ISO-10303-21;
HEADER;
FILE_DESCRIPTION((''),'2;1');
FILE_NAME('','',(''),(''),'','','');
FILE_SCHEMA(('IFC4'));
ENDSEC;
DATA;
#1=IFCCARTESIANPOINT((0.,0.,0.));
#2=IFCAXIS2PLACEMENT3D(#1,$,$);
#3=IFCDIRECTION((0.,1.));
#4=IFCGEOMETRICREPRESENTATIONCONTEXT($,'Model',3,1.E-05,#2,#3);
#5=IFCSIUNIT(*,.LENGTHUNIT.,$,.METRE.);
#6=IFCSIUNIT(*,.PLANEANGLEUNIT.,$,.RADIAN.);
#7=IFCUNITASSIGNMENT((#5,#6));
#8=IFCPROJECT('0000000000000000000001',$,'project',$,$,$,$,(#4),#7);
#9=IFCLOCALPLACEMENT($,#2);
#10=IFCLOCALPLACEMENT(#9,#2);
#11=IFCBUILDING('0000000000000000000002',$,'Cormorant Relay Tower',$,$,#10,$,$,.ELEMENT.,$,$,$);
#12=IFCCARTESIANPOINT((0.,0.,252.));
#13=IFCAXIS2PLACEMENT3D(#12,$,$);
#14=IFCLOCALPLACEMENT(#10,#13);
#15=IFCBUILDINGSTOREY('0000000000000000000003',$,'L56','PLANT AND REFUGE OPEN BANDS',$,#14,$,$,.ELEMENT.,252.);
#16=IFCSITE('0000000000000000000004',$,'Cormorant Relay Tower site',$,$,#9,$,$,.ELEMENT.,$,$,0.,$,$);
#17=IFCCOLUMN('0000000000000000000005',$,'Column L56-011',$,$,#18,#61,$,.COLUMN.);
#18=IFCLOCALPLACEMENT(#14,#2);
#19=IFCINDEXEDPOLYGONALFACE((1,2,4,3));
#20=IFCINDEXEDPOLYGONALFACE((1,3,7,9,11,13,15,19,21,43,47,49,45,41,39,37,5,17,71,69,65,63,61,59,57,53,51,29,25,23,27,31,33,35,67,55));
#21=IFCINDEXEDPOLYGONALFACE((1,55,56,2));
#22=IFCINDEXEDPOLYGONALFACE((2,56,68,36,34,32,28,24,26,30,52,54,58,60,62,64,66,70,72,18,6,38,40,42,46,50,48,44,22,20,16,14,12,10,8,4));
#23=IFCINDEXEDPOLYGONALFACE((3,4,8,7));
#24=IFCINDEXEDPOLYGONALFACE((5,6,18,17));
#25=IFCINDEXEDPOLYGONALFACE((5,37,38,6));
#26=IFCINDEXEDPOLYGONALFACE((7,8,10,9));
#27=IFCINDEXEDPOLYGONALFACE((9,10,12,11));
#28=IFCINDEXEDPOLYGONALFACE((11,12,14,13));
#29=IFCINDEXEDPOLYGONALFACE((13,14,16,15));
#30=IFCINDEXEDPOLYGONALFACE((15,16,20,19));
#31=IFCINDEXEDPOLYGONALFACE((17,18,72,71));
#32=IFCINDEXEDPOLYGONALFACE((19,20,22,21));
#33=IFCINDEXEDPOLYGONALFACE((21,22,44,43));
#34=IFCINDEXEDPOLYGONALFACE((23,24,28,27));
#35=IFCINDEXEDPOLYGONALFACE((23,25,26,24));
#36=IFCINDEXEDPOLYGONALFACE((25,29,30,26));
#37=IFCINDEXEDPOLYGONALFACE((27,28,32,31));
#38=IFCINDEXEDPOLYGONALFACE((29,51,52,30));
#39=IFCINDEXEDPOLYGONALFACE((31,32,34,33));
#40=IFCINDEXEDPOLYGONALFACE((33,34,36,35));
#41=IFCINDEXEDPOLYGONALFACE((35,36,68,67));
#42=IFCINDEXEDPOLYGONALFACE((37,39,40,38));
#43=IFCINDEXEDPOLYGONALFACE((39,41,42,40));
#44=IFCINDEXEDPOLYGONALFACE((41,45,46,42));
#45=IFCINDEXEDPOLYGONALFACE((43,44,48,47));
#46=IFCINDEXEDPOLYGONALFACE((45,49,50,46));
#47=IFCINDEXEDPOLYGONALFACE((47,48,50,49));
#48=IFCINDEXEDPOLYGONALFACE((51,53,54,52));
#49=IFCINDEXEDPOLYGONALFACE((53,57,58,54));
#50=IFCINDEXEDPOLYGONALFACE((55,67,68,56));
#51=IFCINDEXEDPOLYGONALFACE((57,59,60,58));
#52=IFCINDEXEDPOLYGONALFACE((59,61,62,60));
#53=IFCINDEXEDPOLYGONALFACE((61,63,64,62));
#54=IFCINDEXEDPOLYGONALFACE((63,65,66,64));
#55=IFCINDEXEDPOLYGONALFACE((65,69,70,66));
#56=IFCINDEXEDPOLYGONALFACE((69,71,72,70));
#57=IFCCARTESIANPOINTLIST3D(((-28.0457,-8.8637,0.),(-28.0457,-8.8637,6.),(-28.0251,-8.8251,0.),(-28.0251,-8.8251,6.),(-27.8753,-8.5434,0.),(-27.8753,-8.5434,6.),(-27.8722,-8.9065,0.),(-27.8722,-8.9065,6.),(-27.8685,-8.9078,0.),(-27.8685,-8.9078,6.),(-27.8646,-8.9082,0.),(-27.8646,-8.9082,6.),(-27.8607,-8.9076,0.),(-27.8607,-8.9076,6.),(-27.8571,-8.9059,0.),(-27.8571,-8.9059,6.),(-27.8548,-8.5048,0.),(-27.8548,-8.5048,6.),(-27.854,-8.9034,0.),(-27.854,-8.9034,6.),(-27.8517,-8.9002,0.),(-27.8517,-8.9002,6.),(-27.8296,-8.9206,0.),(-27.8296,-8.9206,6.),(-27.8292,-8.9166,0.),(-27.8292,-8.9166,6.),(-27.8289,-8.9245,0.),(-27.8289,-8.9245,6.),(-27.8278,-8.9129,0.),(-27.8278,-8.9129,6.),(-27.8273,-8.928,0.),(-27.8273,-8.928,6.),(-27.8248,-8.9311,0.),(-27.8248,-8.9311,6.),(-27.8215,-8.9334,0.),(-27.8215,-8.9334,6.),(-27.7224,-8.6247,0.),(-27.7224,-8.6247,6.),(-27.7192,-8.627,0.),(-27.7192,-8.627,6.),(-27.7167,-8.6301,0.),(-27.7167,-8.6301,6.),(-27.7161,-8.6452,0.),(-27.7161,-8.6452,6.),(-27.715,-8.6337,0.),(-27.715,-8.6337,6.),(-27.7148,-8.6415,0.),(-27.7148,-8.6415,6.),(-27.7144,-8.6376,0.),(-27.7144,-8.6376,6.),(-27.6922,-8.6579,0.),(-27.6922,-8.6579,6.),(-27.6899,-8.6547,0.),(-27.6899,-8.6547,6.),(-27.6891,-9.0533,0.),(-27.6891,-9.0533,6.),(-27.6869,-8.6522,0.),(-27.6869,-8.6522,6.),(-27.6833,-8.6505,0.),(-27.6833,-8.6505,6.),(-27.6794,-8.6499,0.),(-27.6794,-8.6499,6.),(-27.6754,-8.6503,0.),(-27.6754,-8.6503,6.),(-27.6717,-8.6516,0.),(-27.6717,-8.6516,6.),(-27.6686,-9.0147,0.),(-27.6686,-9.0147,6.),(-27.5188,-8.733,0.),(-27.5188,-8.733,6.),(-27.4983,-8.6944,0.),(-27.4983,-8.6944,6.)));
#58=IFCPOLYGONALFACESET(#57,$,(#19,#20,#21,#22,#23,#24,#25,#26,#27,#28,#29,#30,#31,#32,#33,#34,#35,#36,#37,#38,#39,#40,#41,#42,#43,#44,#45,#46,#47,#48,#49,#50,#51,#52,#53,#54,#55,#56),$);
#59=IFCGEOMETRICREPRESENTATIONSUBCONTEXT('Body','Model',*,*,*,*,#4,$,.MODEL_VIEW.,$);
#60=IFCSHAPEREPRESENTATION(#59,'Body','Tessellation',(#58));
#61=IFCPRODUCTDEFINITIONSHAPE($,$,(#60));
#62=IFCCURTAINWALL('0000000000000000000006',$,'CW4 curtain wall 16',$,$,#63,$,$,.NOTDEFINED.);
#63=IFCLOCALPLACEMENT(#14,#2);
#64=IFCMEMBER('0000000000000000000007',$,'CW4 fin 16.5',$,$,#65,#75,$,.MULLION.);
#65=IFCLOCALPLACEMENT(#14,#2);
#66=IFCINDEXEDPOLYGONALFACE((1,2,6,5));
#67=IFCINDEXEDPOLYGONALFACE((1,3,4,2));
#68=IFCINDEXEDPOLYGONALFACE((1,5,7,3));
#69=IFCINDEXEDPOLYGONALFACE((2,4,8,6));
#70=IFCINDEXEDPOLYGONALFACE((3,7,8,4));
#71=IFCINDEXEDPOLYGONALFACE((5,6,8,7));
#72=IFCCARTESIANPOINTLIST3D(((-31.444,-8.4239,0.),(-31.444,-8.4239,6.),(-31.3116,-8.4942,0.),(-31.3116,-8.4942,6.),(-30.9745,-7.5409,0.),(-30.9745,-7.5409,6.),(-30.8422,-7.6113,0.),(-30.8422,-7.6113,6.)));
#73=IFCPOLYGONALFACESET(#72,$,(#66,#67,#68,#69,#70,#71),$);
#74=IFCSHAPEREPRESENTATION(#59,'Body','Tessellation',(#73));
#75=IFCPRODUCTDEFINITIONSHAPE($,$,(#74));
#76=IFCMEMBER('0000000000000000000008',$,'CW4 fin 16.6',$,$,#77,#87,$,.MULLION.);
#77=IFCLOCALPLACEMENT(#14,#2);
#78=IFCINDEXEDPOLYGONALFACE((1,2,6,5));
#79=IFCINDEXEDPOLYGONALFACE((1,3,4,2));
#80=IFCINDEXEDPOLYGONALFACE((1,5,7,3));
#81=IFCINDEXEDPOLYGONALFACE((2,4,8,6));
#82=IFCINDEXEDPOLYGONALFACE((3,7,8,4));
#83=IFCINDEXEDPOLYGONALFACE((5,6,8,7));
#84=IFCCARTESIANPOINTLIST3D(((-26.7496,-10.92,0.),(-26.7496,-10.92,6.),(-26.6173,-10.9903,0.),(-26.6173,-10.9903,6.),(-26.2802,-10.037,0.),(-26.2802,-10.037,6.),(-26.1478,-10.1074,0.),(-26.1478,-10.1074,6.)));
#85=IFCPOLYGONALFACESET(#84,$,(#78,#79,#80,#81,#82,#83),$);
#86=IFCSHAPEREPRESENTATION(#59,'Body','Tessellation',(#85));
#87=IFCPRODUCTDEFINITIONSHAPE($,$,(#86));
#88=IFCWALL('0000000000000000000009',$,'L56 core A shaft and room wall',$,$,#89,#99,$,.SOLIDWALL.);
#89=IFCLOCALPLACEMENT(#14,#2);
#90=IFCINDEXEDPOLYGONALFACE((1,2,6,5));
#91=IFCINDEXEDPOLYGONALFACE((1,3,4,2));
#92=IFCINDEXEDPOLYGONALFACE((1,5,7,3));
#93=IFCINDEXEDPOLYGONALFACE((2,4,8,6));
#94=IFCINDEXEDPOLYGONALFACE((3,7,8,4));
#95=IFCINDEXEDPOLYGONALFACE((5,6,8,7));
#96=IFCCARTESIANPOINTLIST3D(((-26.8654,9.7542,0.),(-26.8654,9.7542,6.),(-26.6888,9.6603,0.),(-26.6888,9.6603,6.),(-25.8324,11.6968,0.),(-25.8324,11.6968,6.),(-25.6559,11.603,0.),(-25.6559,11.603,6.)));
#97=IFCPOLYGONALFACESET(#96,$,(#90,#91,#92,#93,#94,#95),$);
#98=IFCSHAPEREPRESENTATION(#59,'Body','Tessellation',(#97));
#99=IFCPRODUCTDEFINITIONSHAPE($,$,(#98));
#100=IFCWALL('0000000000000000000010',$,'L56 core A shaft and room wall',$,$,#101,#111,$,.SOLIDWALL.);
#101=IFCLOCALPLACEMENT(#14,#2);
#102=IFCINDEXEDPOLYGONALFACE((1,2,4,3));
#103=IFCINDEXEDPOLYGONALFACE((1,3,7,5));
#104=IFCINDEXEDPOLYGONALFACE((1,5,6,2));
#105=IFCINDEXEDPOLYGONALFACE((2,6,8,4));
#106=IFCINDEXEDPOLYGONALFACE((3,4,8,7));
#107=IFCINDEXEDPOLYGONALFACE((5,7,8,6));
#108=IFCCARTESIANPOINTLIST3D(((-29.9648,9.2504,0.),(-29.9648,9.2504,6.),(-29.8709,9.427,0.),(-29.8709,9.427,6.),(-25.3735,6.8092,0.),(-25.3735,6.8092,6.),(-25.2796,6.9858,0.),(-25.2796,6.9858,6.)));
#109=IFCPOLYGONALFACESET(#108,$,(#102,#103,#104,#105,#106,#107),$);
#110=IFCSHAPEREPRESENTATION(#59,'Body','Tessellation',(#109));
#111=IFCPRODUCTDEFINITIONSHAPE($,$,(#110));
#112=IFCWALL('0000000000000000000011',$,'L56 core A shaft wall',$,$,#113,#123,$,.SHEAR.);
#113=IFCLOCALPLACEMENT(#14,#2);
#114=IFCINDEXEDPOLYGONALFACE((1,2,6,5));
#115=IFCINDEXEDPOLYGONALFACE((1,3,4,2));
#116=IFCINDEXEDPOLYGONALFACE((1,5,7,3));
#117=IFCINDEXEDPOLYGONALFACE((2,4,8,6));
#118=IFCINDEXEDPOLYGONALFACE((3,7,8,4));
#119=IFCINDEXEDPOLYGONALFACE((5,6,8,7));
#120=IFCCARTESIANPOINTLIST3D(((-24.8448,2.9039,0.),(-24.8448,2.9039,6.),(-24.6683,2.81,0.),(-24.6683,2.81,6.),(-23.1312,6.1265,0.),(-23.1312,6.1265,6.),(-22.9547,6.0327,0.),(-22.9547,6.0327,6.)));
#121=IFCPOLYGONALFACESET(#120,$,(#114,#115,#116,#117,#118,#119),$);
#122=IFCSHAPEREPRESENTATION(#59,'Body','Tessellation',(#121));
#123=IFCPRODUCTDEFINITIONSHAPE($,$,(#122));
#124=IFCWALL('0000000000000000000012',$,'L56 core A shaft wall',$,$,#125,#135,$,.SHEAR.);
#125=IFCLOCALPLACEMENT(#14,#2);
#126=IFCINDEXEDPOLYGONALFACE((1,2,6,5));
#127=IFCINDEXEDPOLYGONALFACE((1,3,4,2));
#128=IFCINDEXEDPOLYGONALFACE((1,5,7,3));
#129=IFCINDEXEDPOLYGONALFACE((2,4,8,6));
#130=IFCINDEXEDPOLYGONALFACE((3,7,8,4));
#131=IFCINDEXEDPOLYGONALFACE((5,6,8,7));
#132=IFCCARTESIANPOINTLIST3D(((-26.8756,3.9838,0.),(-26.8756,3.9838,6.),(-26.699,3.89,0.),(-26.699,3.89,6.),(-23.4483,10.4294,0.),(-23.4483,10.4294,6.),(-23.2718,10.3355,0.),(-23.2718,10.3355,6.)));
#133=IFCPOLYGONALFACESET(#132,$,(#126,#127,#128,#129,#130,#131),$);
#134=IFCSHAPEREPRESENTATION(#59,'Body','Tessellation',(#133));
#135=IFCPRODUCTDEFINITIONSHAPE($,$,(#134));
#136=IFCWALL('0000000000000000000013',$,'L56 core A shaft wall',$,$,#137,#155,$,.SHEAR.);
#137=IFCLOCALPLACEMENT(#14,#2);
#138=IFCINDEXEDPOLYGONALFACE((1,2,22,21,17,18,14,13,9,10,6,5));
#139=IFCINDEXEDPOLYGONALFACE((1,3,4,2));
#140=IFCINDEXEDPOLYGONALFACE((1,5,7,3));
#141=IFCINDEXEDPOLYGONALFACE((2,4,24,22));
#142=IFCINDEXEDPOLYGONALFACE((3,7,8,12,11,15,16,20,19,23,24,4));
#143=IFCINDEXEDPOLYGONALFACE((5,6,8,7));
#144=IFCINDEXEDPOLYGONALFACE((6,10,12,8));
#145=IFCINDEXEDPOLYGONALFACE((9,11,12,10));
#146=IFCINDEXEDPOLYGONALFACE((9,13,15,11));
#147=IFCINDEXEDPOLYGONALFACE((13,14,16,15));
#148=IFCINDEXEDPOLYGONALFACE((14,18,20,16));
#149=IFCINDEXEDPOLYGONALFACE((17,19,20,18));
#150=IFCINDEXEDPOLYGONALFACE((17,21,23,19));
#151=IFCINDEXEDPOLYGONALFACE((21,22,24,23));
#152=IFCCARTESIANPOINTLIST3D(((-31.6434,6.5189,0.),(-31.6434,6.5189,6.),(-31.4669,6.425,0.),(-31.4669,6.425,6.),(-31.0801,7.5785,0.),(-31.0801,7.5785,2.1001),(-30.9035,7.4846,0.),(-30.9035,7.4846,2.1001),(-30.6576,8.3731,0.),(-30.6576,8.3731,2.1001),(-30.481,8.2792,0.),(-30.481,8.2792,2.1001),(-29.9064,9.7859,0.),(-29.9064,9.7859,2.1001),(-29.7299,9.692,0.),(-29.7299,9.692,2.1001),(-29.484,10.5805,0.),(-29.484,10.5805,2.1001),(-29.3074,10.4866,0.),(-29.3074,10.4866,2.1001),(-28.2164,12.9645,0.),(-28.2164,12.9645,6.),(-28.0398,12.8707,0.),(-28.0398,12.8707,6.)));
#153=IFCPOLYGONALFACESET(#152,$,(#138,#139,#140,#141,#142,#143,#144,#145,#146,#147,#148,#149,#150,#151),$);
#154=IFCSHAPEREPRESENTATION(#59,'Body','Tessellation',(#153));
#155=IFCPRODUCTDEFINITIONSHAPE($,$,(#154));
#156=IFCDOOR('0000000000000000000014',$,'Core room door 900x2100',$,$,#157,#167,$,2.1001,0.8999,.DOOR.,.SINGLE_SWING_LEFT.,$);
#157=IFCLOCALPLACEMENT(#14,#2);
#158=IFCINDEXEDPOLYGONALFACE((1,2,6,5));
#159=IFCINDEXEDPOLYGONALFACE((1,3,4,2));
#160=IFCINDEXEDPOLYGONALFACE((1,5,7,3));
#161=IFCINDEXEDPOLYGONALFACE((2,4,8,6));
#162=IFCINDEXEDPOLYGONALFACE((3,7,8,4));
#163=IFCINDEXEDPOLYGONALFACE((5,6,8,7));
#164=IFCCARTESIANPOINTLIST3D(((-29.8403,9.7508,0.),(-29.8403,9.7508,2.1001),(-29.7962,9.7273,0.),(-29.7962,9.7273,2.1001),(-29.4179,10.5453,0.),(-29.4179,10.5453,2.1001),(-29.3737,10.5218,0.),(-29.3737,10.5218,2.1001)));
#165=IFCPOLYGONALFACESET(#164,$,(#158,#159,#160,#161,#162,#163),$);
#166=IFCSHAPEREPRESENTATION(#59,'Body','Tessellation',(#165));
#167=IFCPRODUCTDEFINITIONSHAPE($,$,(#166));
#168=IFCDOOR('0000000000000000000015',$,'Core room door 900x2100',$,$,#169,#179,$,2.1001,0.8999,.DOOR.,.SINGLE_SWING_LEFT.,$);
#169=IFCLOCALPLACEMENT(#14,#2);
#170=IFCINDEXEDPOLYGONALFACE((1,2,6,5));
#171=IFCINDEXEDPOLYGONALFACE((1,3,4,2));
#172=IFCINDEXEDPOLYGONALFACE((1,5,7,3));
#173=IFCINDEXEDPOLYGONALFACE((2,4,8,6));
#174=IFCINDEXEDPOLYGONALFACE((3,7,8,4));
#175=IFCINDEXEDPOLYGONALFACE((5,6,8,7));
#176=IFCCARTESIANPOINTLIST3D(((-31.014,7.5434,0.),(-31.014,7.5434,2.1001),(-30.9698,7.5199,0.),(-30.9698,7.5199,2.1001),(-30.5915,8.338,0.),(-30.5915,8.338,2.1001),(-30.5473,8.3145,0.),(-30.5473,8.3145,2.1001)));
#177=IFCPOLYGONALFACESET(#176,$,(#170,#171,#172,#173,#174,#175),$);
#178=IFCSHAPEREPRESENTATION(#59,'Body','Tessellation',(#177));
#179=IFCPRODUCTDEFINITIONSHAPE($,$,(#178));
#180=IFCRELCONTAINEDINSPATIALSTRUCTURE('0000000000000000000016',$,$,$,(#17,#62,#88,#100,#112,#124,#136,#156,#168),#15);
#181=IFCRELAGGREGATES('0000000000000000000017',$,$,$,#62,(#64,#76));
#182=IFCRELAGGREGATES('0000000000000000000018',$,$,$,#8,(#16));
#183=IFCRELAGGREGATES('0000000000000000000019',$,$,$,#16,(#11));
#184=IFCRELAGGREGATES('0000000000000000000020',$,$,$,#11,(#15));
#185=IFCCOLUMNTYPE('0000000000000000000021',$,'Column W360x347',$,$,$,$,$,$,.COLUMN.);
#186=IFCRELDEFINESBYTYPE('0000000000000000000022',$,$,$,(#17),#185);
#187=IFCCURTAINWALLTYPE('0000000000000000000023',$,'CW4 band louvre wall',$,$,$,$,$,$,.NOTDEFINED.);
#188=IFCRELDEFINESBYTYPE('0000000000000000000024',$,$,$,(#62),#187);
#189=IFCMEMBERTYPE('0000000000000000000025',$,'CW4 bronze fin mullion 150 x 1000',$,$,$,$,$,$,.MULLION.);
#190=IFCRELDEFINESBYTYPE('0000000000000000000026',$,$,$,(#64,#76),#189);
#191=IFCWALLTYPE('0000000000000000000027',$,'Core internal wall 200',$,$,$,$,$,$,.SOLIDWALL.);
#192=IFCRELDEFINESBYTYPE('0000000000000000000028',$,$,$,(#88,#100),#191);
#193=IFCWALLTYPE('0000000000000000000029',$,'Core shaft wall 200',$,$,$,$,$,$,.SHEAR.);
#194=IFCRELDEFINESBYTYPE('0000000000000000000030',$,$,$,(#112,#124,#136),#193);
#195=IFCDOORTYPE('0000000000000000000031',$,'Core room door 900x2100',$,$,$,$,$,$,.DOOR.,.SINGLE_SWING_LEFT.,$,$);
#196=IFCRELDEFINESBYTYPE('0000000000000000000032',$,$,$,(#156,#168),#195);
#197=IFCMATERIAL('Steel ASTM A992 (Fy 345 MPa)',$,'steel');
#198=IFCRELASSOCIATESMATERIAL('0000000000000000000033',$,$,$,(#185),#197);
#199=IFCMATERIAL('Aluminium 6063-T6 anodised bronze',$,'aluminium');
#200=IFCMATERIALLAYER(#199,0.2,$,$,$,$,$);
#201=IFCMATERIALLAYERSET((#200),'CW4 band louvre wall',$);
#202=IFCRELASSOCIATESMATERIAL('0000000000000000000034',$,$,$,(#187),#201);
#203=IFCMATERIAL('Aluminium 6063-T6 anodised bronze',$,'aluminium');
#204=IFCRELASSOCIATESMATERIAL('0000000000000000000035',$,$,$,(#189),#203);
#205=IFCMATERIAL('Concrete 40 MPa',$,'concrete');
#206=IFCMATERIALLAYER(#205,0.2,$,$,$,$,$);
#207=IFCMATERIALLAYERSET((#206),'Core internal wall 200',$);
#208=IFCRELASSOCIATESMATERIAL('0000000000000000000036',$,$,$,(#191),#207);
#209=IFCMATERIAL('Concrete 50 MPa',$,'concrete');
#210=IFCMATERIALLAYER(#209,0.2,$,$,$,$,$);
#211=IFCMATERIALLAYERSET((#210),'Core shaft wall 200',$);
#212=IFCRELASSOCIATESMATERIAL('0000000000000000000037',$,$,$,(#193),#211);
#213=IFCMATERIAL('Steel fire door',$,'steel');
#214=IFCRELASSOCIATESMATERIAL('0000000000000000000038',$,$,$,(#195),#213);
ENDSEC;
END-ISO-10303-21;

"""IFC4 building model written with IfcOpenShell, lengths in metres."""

from ifc_helpers import new_model, si_unit, direction, frame, frame_2d, origin, origin_2d, place, context, subcontext, project, spatial, rectangle, i_section, extrude, material, layer, layer_set, material_profile, profile_set, type_object, element, fill, aggregate, save


model = new_model("IFC4")

# Units and contexts
model_context = context("Model", 3, precision=1e-05, world=origin(), true_north=direction((0.0, 1.0)))
body_context = subcontext(model_context, "Body", "Model", "MODEL_VIEW")
ifc_project = project(units=[si_unit("LENGTHUNIT", "METRE"), si_unit("PLANEANGLEUNIT", "RADIAN")], contexts=[model_context])

# Site, building, storey
site_placement = place(None, origin())
site = spatial("IfcSite", under=ifc_project, at=site_placement, Name="Cormorant Relay Tower site", CompositionType="ELEMENT", RefElevation=0.0)
building_placement = place(site_placement, origin())
building = spatial("IfcBuilding", under=site, at=building_placement, Name="Cormorant Relay Tower", CompositionType="ELEMENT")
storey_placement = place(building_placement, frame((0.0, 0.0, 252.0)))
storey = spatial("IfcBuildingStorey", under=building, at=storey_placement, Name="L56", Description="PLANT AND REFUGE OPEN BANDS", CompositionType="ELEMENT", Elevation=252.0)

# Column
ifc_material_1 = material(Name="Steel ASTM A992 (Fy 345 MPa)", Category="steel")
ifc_material_profile_1 = material_profile(ifc_material_1, i_section(OverallWidth=0.4038, OverallDepth=0.4065, WebThickness=0.0271, FlangeThickness=0.0437, FilletRadius=0.0151, at=origin_2d()), Name="W360x347")
ifc_profile_set_1 = profile_set([ifc_material_profile_1], Name="Steel ASTM A992 (Fy 345 MPa)")
column_type = type_object("IfcColumnType", Name="Column W360x347", PredefinedType="COLUMN", material=ifc_profile_set_1)
column_placement = place(storey_placement, frame((-27.772, -8.7791, 0.0), z_axis=(0.0, 0.0, 1.0), x_axis=(0.882948, -0.469472, 0.0)))
element("IfcColumn", 1, at=column_placement, inside=storey, type_object=column_type, Name="Column L56-011", PredefinedType="COLUMN", context=body_context, shape_type="SweptSolid", body=[
    extrude(i_section(OverallWidth=0.4038, OverallDepth=0.4065, WebThickness=0.0271, FlangeThickness=0.0437, FilletRadius=0.0151, at=origin_2d()), origin(), (0.0, 0.0, 1.0), 6.0),
])

# Curtain wall, members
ifc_material_2 = material(Name="Aluminium 6063-T6 anodised bronze", Category="aluminium")
ifc_layer_1 = layer(ifc_material_2, 0.2)
ifc_layer_set_1 = layer_set([ifc_layer_1], Name="CW4 band louvre wall")
curtain_wall_type = type_object("IfcCurtainWallType", Name="CW4 band louvre wall", PredefinedType="NOTDEFINED", material=ifc_layer_set_1)
curtain_wall_placement = place(storey_placement, origin())
curtain_wall = element("IfcCurtainWall", 2, at=curtain_wall_placement, inside=storey, type_object=curtain_wall_type, Name="CW4 curtain wall 16", PredefinedType="NOTDEFINED")
ifc_material_3 = material(Name="Aluminium 6063-T6 anodised bronze", Category="aluminium")
ifc_material_profile_2 = material_profile(ifc_material_3, rectangle(XDim=0.1499, YDim=1.0, at=origin_2d()), Name="AL 150x1000")
ifc_profile_set_2 = profile_set([ifc_material_profile_2], Name="Aluminium 6063-T6 anodised bronze")
member_type = type_object("IfcMemberType", Name="CW4 bronze fin mullion 150 x 1000", PredefinedType="MULLION", material=ifc_profile_set_2)
member_1_placement = place(storey_placement, frame((-31.1431, -8.0176, 0.0), z_axis=(0.0, 0.0, 1.0), x_axis=(0.882948, -0.469472, 0.0)))
member_1 = element("IfcMember", 3, at=member_1_placement, type_object=member_type, Name="CW4 fin 16.5", PredefinedType="MULLION", context=body_context, shape_type="SweptSolid", body=[
    extrude(rectangle(XDim=0.1499, YDim=1.0, at=origin_2d()), origin(), (0.0, 0.0, 1.0), 6.0),
])
member_2_placement = place(storey_placement, frame((-26.4487, -10.5137, 0.0), z_axis=(0.0, 0.0, 1.0), x_axis=(0.882948, -0.469472, 0.0)))
member_2 = element("IfcMember", 4, at=member_2_placement, type_object=member_type, Name="CW4 fin 16.6", PredefinedType="MULLION", context=body_context, shape_type="SweptSolid", body=[
    extrude(rectangle(XDim=0.1499, YDim=1.0, at=origin_2d()), origin(), (0.0, 0.0, 1.0), 6.0),
])

# Walls
ifc_material_4 = material(Name="Concrete 40 MPa", Category="concrete")
ifc_layer_2 = layer(ifc_material_4, 0.2)
ifc_layer_set_2 = layer_set([ifc_layer_2], Name="Core internal wall 200")
wall_type_1 = type_object("IfcWallType", Name="Core internal wall 200", PredefinedType="SOLIDWALL", material=ifc_layer_set_2)
wall_1_placement = place(storey_placement, frame((-25.7441, 11.6499, 0.0), z_axis=(0.0, 0.0, 1.0), x_axis=(-0.469488, -0.882939, 0.0)))
element("IfcWall", 5, at=wall_1_placement, inside=storey, type_object=wall_type_1, Name="L56 core A shaft and room wall", PredefinedType="SOLIDWALL", context=body_context, shape_type="SweptSolid", body=[
    extrude(rectangle(XDim=2.2002, YDim=0.2, at=frame_2d((1.1001, 0.0))), origin(), (0.0, 0.0, 1.0), 6.0),
])
wall_2_placement = place(storey_placement, frame((-25.3264, 6.8975, 0.0), z_axis=(0.0, 0.0, 1.0), x_axis=(-0.882954, 0.46946, 0.0)))
element("IfcWall", 6, at=wall_2_placement, inside=storey, type_object=wall_type_1, Name="L56 core A shaft and room wall", PredefinedType="SOLIDWALL", context=body_context, shape_type="SweptSolid", body=[
    extrude(rectangle(XDim=5.2, YDim=0.2, at=frame_2d((2.6001, 0.0))), origin(), (0.0, 0.0, 1.0), 6.0),
])
ifc_material_5 = material(Name="Concrete 50 MPa", Category="concrete")
ifc_layer_3 = layer(ifc_material_5, 0.2)
ifc_layer_set_3 = layer_set([ifc_layer_3], Name="Core shaft wall 200")
wall_type_2 = type_object("IfcWallType", Name="Core shaft wall 200", PredefinedType="SHEAR", material=ifc_layer_set_3)
wall_3_placement = place(storey_placement, frame((-23.043, 6.0796, 0.0), z_axis=(0.0, 0.0, 1.0), x_axis=(-0.469494, -0.882936, 0.0)))
element("IfcWall", 7, at=wall_3_placement, inside=storey, type_object=wall_type_2, Name="L56 core A shaft wall", PredefinedType="SHEAR", context=body_context, shape_type="SweptSolid", body=[
    extrude(rectangle(XDim=3.6499, YDim=0.2, at=frame_2d((1.825, 0.0))), origin(), (0.0, 0.0, 1.0), 6.0),
])
wall_4_placement = place(storey_placement, frame((-23.3601, 10.3823, 0.0), z_axis=(0.0, 0.0, 1.0), x_axis=(-0.46948, -0.882943, 0.0)))
element("IfcWall", 8, at=wall_4_placement, inside=storey, type_object=wall_type_2, Name="L56 core A shaft wall", PredefinedType="SHEAR", context=body_context, shape_type="SweptSolid", body=[
    extrude(rectangle(XDim=7.3, YDim=0.2, at=frame_2d((3.6499, 0.0))), origin(), (0.0, 0.0, 1.0), 6.0),
])

# Wall, openings, doors
wall_5_placement = place(storey_placement, frame((-28.1282, 12.9175, 0.0), z_axis=(0.0, 0.0, 1.0), x_axis=(-0.469454, -0.882957, 0.0)))
wall_5 = element("IfcWall", 9, at=wall_5_placement, inside=storey, type_object=wall_type_2, Name="L56 core A shaft wall", PredefinedType="SHEAR", context=body_context, shape_type="SweptSolid", body=[
    extrude(rectangle(XDim=7.3, YDim=0.2, at=frame_2d((3.6499, 0.0))), origin(), (0.0, 0.0, 1.0), 6.0),
])
opening_1_placement = place(wall_5_placement, frame((2.7, 0.0, 0.0)))
opening_1 = element("IfcOpeningElement", 10, at=opening_1_placement, cuts=wall_5, PredefinedType="OPENING", context=body_context, shape_type="SweptSolid", body=[
    extrude(rectangle(XDim=0.8999, YDim=2.1001, at=frame_2d((0.45, 1.05))), frame((0.0, 0.1099, 0.0), z_axis=(0.0, -1.0, 0.0), x_axis=(1.0, 0.0, 0.0)), (0.0, 0.0, 1.0), 0.22),
])
opening_2_placement = place(wall_5_placement, frame((5.2, 0.0, 0.0)))
opening_2 = element("IfcOpeningElement", 11, at=opening_2_placement, cuts=wall_5, PredefinedType="OPENING", context=body_context, shape_type="SweptSolid", body=[
    extrude(rectangle(XDim=0.8999, YDim=2.1001, at=frame_2d((0.45, 1.05))), frame((0.0, 0.1099, 0.0), z_axis=(0.0, -1.0, 0.0), x_axis=(1.0, 0.0, 0.0)), (0.0, 0.0, 1.0), 0.22),
])
ifc_material_6 = material(Name="Steel fire door", Category="steel")
door_type_1 = type_object("IfcDoorType", Name="Core room door 900x2100", OperationType="SINGLE_SWING_LEFT", PredefinedType="DOOR", material=ifc_material_6)
door_1_placement = place(opening_1_placement, origin())
door_1 = element("IfcDoor", 12, at=door_1_placement, inside=storey, type_object=door_type_1, Name="Core room door 900x2100", OperationType="SINGLE_SWING_LEFT", OverallHeight=2.1001, OverallWidth=0.8999, PredefinedType="DOOR", context=body_context, shape_type="SweptSolid", body=[
    extrude(rectangle(XDim=0.8999, YDim=2.1001, at=frame_2d((0.45, 1.05))), frame((0.0, 0.0249, 0.0), z_axis=(0.0, -1.0, 0.0), x_axis=(1.0, 0.0, 0.0)), (0.0, 0.0, 1.0), 0.05),
])
fill(opening_1, door_1)
door_2_placement = place(opening_2_placement, origin())
door_2 = element("IfcDoor", 13, at=door_2_placement, inside=storey, type_object=door_type_1, Name="Core room door 900x2100", OperationType="SINGLE_SWING_LEFT", OverallHeight=2.1001, OverallWidth=0.8999, PredefinedType="DOOR", context=body_context, shape_type="SweptSolid", body=[
    extrude(rectangle(XDim=0.8999, YDim=2.1001, at=frame_2d((0.45, 1.05))), frame((0.0, 0.0249, 0.0), z_axis=(0.0, -1.0, 0.0), x_axis=(1.0, 0.0, 0.0)), (0.0, 0.0, 1.0), 0.05),
])
fill(opening_2, door_2)

aggregate(curtain_wall, [member_1, member_2])

save(model, "model.ifc")
